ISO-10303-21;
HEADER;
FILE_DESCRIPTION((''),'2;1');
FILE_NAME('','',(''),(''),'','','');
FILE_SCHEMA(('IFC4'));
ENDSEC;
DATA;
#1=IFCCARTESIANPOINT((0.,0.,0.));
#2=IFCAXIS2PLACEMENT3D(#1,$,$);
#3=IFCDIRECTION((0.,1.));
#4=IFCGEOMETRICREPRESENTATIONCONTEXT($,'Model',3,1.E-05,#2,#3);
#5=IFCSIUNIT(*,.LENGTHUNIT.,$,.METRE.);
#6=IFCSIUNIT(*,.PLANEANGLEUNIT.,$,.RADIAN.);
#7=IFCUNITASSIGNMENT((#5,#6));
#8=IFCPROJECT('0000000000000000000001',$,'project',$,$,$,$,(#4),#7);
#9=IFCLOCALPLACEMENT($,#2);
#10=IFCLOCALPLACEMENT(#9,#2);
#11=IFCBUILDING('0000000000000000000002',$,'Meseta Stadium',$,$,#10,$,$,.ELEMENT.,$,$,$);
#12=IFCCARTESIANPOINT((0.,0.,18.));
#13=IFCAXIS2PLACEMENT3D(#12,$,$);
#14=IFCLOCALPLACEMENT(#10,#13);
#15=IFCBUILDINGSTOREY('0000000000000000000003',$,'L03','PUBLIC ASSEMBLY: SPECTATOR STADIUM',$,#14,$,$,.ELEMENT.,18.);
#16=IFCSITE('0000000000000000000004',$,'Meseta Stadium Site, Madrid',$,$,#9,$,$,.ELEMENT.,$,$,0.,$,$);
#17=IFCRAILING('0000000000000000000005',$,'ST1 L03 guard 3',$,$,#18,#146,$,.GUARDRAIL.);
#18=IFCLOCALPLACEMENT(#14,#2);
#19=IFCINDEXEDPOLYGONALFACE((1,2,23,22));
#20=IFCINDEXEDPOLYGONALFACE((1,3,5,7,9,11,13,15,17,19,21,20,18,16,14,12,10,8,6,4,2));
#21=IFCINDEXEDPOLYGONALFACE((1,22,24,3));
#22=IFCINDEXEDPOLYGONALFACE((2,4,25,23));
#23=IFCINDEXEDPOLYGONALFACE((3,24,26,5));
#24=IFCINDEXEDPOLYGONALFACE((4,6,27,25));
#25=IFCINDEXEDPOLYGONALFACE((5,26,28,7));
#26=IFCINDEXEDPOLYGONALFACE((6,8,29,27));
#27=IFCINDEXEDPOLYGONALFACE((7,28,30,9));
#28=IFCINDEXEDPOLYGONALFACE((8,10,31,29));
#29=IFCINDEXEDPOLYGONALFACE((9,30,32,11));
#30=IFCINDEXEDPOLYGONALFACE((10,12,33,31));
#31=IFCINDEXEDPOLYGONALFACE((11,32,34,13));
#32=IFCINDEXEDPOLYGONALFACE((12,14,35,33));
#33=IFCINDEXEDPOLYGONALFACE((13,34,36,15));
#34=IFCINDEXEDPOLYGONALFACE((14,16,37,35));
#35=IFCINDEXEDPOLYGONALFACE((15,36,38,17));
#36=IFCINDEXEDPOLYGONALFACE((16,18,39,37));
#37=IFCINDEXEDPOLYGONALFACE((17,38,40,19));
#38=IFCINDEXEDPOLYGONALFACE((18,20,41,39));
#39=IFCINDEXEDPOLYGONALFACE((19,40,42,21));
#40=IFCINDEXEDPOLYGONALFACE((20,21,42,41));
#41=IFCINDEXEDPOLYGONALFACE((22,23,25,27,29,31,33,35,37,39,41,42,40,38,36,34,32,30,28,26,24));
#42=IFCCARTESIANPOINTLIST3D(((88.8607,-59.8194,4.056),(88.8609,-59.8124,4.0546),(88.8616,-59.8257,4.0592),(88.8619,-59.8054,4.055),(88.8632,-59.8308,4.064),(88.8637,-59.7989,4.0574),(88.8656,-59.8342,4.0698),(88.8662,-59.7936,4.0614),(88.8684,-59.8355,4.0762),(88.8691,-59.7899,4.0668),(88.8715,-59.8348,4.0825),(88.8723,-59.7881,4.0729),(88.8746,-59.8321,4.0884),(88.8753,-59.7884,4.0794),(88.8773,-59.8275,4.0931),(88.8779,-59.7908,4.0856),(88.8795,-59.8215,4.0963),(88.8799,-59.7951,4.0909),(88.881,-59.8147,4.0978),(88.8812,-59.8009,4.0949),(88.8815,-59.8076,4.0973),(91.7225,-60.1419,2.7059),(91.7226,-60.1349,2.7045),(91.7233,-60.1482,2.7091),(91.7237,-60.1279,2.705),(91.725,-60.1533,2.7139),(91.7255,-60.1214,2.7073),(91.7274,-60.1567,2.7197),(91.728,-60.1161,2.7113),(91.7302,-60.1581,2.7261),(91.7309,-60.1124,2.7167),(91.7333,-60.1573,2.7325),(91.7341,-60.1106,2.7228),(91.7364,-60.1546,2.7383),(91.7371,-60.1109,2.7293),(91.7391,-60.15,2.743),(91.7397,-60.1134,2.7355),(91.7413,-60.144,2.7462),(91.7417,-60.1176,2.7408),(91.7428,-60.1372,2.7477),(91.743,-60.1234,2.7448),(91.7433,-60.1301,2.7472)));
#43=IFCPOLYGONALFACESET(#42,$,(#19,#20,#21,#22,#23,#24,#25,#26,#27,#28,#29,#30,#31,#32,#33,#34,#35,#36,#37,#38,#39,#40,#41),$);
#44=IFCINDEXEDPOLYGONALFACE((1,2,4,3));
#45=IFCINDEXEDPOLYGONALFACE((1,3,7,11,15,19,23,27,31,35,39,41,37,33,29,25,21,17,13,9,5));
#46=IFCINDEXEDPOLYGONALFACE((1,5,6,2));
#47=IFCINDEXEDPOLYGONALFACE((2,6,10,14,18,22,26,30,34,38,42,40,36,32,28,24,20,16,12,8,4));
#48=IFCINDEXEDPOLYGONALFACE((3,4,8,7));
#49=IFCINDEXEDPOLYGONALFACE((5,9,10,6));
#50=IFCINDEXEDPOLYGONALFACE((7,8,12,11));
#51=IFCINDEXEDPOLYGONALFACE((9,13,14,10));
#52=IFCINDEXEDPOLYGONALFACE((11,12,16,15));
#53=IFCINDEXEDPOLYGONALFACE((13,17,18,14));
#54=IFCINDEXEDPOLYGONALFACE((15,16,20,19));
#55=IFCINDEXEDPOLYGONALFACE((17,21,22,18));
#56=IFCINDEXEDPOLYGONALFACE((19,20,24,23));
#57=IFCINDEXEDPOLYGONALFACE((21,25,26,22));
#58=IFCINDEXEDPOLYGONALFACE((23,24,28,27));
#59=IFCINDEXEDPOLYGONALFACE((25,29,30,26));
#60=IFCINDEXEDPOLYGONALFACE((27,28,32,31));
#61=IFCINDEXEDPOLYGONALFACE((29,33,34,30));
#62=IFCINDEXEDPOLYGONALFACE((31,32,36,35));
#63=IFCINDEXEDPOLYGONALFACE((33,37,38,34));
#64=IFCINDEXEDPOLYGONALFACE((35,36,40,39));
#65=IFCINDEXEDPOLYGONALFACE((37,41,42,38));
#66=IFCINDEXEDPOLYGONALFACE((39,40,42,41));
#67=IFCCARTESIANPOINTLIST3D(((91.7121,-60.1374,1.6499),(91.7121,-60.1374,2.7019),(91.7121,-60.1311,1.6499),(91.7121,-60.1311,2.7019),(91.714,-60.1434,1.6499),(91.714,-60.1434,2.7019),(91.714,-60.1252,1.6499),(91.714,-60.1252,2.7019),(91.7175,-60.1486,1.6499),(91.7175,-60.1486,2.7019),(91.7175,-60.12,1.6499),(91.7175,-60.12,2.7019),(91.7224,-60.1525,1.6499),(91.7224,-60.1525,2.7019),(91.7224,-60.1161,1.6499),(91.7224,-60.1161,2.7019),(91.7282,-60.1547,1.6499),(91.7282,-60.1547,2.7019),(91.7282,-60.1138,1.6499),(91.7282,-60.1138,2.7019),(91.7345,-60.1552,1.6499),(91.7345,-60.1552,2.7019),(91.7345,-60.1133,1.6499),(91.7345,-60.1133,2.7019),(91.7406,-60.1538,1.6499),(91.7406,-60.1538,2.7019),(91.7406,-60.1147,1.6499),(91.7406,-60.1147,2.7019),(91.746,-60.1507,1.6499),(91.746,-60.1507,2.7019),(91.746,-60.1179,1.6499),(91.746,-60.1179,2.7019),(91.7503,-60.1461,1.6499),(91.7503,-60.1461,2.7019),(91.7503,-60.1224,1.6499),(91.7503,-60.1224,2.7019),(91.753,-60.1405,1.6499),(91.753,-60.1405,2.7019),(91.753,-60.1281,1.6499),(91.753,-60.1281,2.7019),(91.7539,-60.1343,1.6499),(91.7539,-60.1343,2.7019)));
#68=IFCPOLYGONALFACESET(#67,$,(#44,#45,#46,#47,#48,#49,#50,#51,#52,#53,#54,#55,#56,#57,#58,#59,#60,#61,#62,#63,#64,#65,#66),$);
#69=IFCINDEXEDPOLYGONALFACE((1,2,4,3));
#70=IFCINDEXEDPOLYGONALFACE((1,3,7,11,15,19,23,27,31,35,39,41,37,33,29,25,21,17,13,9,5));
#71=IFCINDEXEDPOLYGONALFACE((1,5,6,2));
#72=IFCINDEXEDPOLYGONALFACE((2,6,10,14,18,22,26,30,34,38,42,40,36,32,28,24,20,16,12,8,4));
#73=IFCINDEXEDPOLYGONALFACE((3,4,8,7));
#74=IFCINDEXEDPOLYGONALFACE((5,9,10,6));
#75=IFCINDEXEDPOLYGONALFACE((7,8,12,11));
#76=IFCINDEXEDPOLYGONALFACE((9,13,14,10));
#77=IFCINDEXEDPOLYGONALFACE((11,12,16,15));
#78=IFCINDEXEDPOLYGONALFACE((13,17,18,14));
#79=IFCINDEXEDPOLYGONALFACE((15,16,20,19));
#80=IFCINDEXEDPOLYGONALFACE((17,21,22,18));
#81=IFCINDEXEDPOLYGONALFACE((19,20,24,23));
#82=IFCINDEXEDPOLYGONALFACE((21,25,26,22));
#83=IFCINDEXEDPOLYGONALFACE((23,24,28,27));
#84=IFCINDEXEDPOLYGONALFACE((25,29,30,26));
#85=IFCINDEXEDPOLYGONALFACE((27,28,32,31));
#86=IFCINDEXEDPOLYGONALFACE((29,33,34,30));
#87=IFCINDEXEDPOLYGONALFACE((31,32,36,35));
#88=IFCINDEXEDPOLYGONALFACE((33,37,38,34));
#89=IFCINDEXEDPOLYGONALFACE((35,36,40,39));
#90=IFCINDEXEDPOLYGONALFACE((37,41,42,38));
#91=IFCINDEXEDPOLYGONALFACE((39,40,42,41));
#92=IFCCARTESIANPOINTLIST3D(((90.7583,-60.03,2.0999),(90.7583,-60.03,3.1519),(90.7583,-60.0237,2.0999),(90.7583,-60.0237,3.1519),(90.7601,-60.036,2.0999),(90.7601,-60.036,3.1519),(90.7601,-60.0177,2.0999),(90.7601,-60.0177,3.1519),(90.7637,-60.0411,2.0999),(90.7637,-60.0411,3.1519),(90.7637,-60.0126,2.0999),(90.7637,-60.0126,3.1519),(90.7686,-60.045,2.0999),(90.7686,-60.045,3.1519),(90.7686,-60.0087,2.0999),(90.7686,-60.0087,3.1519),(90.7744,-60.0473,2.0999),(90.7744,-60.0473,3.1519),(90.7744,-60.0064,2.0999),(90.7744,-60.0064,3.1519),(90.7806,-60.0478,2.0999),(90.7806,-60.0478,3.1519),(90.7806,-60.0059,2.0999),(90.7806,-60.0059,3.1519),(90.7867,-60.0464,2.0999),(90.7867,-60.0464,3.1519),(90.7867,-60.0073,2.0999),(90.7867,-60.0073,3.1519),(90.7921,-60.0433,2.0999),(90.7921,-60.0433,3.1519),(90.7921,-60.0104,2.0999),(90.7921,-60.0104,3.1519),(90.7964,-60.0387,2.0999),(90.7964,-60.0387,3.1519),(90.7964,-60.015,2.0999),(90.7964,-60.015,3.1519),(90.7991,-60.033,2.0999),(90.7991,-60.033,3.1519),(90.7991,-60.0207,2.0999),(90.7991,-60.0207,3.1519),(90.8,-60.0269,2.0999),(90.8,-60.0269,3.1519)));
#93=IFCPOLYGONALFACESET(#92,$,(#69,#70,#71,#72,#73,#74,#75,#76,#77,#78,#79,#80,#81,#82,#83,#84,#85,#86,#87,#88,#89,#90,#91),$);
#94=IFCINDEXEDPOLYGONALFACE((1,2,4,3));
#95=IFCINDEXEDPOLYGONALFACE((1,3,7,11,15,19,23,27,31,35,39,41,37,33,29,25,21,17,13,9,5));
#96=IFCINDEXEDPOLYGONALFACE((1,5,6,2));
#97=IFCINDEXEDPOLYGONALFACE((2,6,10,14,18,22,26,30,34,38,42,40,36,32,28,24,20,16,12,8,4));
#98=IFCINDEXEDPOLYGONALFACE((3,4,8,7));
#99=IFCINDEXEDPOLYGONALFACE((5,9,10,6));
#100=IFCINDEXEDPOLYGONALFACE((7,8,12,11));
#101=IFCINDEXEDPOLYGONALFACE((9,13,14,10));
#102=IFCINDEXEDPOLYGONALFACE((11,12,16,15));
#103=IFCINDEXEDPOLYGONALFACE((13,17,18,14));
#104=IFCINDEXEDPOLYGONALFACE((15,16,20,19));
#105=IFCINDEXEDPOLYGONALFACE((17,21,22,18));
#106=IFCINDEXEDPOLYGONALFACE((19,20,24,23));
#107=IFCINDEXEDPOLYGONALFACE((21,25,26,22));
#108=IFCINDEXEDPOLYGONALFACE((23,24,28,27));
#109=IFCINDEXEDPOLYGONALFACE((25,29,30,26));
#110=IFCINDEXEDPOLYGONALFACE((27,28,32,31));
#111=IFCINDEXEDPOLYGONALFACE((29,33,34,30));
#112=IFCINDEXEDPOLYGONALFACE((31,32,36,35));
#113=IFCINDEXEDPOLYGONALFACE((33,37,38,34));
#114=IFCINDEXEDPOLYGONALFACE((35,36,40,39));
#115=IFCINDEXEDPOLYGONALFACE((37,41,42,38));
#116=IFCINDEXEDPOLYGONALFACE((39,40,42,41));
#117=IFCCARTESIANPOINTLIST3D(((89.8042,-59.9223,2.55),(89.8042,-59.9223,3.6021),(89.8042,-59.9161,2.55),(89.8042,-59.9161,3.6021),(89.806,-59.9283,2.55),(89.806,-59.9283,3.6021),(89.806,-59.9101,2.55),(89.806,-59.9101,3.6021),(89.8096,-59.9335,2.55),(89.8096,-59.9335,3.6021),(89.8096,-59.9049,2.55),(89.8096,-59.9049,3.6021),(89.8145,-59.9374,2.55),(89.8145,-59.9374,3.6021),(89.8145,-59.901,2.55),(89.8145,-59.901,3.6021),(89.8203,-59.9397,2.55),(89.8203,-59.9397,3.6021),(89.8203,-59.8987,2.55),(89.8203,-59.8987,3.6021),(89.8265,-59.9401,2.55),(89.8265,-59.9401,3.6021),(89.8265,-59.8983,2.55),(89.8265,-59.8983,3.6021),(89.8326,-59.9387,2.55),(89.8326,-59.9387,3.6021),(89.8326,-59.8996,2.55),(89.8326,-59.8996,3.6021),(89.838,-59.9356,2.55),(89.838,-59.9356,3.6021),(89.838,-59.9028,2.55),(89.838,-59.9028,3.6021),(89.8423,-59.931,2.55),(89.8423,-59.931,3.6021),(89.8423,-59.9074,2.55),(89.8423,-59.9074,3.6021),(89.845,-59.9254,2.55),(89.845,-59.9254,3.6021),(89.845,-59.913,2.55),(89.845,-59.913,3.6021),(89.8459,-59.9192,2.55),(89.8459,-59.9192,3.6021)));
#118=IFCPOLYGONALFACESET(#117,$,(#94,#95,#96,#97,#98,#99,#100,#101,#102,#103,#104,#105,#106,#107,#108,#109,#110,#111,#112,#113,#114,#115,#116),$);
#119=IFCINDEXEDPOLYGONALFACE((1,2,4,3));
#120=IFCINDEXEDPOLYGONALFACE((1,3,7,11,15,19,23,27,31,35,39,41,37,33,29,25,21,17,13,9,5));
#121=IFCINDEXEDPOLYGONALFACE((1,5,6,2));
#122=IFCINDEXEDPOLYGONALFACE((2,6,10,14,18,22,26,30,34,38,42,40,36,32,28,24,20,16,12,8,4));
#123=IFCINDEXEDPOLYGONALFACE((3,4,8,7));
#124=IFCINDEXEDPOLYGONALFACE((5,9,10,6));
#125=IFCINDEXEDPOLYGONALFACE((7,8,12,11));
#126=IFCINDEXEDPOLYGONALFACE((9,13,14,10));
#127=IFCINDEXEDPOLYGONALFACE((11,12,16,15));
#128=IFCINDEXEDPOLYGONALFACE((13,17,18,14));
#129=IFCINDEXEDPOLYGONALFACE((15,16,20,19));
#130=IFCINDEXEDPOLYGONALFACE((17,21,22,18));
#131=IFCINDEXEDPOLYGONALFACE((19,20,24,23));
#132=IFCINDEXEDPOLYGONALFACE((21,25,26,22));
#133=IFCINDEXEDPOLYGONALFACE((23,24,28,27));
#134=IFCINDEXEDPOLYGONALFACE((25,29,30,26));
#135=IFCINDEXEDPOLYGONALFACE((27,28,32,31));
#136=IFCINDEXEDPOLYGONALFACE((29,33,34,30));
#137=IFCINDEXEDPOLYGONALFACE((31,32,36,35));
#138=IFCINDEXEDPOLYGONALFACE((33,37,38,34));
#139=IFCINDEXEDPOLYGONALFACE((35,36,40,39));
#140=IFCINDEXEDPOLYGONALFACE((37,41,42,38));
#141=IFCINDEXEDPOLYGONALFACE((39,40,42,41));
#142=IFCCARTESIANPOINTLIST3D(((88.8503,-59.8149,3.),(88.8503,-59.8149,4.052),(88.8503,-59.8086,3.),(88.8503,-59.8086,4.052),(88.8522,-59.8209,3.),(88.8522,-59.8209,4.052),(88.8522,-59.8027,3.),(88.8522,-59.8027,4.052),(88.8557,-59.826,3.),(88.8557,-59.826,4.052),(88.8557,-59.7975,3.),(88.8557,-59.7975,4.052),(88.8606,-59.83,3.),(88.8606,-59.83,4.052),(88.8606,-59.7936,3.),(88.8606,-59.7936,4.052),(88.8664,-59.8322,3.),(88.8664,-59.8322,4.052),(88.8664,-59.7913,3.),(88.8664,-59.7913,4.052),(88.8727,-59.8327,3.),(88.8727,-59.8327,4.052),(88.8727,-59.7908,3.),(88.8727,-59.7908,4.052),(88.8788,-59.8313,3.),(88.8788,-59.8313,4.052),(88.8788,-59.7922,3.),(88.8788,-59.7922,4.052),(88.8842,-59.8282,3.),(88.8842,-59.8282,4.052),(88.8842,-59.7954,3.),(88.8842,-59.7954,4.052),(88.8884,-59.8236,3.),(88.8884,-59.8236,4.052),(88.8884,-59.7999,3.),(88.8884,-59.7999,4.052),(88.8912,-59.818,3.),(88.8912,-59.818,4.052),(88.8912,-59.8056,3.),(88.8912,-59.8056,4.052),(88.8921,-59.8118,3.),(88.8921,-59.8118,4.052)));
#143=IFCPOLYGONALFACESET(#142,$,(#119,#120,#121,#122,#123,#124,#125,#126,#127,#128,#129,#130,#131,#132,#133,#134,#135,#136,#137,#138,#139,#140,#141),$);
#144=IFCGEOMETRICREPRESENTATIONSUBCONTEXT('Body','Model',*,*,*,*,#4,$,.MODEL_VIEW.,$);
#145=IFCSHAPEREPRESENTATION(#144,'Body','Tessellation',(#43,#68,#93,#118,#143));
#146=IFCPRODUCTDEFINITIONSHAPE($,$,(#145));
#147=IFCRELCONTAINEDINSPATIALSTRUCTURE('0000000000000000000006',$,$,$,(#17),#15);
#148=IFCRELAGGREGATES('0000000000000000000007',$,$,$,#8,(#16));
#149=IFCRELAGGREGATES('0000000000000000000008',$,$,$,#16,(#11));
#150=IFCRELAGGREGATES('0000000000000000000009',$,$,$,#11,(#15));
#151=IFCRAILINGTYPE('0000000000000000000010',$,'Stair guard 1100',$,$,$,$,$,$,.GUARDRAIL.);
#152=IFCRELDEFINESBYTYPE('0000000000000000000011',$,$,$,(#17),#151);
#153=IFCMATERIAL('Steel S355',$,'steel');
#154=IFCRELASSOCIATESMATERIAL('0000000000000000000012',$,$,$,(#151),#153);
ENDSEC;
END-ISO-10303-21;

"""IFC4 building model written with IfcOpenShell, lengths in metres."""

from ifc_helpers import new_model, si_unit, direction, frame, origin, origin_2d, place, context, subcontext, project, spatial, circle, extrude, material, type_object, element, save


model = new_model("IFC4")

# Units and contexts
model_context = context("Model", 3, precision=1e-05, world=origin(), true_north=direction((0.0, 1.0)))
body_context = subcontext(model_context, "Body", "Model", "MODEL_VIEW")
ifc_project = project(units=[si_unit("LENGTHUNIT", "METRE"), si_unit("PLANEANGLEUNIT", "RADIAN")], contexts=[model_context])

# Site, building, storey
site_placement = place(None, origin())
site = spatial("IfcSite", under=ifc_project, at=site_placement, Name="Meseta Stadium Site, Madrid", CompositionType="ELEMENT", RefElevation=0.0)
building_placement = place(site_placement, origin())
building = spatial("IfcBuilding", under=site, at=building_placement, Name="Meseta Stadium", CompositionType="ELEMENT")
storey_placement = place(building_placement, frame((0.0, 0.0, 18.0)))
storey = spatial("IfcBuildingStorey", under=building, at=storey_placement, Name="L03", Description="PUBLIC ASSEMBLY: SPECTATOR STADIUM", CompositionType="ELEMENT", Elevation=18.0)

# Railing
ifc_material_1 = material(Name="Steel S355", Category="steel")
railing_type_1 = type_object("IfcRailingType", Name="Stair guard 1100", PredefinedType="GUARDRAIL", material=ifc_material_1)
railing_1_placement = place(storey_placement, frame((91.7329, -60.1343, 1.6499)))
element("IfcRailing", 1, at=railing_1_placement, inside=storey, type_object=railing_type_1, Name="ST1 L03 guard 3", PredefinedType="GUARDRAIL", context=body_context, shape_type="SweptSolid", body=[
    extrude(circle(Radius=0.0239, at=origin_2d()), frame((0.0, 0.0, 1.0762), z_axis=(-0.899748, 0.101396, 0.424467), x_axis=(-0.111985, -0.99371, 0.0)), (0.0, 0.0, 1.0), 3.1807),
    extrude(circle(Radius=0.021, at=origin_2d()), origin(), (0.0, 0.0, 1.0), 1.052),
    extrude(circle(Radius=0.021, at=origin_2d()), frame((-0.9539, 0.1074, 0.45)), (0.0, 0.0, 1.0), 1.052),
    extrude(circle(Radius=0.021, at=origin_2d()), frame((-1.908, 0.2151, 0.9001)), (0.0, 0.0, 1.0), 1.052),
    extrude(circle(Radius=0.021, at=origin_2d()), frame((-2.8618, 0.3225, 1.3501)), (0.0, 0.0, 1.0), 1.052),
])

save(model, "model.ifc")
